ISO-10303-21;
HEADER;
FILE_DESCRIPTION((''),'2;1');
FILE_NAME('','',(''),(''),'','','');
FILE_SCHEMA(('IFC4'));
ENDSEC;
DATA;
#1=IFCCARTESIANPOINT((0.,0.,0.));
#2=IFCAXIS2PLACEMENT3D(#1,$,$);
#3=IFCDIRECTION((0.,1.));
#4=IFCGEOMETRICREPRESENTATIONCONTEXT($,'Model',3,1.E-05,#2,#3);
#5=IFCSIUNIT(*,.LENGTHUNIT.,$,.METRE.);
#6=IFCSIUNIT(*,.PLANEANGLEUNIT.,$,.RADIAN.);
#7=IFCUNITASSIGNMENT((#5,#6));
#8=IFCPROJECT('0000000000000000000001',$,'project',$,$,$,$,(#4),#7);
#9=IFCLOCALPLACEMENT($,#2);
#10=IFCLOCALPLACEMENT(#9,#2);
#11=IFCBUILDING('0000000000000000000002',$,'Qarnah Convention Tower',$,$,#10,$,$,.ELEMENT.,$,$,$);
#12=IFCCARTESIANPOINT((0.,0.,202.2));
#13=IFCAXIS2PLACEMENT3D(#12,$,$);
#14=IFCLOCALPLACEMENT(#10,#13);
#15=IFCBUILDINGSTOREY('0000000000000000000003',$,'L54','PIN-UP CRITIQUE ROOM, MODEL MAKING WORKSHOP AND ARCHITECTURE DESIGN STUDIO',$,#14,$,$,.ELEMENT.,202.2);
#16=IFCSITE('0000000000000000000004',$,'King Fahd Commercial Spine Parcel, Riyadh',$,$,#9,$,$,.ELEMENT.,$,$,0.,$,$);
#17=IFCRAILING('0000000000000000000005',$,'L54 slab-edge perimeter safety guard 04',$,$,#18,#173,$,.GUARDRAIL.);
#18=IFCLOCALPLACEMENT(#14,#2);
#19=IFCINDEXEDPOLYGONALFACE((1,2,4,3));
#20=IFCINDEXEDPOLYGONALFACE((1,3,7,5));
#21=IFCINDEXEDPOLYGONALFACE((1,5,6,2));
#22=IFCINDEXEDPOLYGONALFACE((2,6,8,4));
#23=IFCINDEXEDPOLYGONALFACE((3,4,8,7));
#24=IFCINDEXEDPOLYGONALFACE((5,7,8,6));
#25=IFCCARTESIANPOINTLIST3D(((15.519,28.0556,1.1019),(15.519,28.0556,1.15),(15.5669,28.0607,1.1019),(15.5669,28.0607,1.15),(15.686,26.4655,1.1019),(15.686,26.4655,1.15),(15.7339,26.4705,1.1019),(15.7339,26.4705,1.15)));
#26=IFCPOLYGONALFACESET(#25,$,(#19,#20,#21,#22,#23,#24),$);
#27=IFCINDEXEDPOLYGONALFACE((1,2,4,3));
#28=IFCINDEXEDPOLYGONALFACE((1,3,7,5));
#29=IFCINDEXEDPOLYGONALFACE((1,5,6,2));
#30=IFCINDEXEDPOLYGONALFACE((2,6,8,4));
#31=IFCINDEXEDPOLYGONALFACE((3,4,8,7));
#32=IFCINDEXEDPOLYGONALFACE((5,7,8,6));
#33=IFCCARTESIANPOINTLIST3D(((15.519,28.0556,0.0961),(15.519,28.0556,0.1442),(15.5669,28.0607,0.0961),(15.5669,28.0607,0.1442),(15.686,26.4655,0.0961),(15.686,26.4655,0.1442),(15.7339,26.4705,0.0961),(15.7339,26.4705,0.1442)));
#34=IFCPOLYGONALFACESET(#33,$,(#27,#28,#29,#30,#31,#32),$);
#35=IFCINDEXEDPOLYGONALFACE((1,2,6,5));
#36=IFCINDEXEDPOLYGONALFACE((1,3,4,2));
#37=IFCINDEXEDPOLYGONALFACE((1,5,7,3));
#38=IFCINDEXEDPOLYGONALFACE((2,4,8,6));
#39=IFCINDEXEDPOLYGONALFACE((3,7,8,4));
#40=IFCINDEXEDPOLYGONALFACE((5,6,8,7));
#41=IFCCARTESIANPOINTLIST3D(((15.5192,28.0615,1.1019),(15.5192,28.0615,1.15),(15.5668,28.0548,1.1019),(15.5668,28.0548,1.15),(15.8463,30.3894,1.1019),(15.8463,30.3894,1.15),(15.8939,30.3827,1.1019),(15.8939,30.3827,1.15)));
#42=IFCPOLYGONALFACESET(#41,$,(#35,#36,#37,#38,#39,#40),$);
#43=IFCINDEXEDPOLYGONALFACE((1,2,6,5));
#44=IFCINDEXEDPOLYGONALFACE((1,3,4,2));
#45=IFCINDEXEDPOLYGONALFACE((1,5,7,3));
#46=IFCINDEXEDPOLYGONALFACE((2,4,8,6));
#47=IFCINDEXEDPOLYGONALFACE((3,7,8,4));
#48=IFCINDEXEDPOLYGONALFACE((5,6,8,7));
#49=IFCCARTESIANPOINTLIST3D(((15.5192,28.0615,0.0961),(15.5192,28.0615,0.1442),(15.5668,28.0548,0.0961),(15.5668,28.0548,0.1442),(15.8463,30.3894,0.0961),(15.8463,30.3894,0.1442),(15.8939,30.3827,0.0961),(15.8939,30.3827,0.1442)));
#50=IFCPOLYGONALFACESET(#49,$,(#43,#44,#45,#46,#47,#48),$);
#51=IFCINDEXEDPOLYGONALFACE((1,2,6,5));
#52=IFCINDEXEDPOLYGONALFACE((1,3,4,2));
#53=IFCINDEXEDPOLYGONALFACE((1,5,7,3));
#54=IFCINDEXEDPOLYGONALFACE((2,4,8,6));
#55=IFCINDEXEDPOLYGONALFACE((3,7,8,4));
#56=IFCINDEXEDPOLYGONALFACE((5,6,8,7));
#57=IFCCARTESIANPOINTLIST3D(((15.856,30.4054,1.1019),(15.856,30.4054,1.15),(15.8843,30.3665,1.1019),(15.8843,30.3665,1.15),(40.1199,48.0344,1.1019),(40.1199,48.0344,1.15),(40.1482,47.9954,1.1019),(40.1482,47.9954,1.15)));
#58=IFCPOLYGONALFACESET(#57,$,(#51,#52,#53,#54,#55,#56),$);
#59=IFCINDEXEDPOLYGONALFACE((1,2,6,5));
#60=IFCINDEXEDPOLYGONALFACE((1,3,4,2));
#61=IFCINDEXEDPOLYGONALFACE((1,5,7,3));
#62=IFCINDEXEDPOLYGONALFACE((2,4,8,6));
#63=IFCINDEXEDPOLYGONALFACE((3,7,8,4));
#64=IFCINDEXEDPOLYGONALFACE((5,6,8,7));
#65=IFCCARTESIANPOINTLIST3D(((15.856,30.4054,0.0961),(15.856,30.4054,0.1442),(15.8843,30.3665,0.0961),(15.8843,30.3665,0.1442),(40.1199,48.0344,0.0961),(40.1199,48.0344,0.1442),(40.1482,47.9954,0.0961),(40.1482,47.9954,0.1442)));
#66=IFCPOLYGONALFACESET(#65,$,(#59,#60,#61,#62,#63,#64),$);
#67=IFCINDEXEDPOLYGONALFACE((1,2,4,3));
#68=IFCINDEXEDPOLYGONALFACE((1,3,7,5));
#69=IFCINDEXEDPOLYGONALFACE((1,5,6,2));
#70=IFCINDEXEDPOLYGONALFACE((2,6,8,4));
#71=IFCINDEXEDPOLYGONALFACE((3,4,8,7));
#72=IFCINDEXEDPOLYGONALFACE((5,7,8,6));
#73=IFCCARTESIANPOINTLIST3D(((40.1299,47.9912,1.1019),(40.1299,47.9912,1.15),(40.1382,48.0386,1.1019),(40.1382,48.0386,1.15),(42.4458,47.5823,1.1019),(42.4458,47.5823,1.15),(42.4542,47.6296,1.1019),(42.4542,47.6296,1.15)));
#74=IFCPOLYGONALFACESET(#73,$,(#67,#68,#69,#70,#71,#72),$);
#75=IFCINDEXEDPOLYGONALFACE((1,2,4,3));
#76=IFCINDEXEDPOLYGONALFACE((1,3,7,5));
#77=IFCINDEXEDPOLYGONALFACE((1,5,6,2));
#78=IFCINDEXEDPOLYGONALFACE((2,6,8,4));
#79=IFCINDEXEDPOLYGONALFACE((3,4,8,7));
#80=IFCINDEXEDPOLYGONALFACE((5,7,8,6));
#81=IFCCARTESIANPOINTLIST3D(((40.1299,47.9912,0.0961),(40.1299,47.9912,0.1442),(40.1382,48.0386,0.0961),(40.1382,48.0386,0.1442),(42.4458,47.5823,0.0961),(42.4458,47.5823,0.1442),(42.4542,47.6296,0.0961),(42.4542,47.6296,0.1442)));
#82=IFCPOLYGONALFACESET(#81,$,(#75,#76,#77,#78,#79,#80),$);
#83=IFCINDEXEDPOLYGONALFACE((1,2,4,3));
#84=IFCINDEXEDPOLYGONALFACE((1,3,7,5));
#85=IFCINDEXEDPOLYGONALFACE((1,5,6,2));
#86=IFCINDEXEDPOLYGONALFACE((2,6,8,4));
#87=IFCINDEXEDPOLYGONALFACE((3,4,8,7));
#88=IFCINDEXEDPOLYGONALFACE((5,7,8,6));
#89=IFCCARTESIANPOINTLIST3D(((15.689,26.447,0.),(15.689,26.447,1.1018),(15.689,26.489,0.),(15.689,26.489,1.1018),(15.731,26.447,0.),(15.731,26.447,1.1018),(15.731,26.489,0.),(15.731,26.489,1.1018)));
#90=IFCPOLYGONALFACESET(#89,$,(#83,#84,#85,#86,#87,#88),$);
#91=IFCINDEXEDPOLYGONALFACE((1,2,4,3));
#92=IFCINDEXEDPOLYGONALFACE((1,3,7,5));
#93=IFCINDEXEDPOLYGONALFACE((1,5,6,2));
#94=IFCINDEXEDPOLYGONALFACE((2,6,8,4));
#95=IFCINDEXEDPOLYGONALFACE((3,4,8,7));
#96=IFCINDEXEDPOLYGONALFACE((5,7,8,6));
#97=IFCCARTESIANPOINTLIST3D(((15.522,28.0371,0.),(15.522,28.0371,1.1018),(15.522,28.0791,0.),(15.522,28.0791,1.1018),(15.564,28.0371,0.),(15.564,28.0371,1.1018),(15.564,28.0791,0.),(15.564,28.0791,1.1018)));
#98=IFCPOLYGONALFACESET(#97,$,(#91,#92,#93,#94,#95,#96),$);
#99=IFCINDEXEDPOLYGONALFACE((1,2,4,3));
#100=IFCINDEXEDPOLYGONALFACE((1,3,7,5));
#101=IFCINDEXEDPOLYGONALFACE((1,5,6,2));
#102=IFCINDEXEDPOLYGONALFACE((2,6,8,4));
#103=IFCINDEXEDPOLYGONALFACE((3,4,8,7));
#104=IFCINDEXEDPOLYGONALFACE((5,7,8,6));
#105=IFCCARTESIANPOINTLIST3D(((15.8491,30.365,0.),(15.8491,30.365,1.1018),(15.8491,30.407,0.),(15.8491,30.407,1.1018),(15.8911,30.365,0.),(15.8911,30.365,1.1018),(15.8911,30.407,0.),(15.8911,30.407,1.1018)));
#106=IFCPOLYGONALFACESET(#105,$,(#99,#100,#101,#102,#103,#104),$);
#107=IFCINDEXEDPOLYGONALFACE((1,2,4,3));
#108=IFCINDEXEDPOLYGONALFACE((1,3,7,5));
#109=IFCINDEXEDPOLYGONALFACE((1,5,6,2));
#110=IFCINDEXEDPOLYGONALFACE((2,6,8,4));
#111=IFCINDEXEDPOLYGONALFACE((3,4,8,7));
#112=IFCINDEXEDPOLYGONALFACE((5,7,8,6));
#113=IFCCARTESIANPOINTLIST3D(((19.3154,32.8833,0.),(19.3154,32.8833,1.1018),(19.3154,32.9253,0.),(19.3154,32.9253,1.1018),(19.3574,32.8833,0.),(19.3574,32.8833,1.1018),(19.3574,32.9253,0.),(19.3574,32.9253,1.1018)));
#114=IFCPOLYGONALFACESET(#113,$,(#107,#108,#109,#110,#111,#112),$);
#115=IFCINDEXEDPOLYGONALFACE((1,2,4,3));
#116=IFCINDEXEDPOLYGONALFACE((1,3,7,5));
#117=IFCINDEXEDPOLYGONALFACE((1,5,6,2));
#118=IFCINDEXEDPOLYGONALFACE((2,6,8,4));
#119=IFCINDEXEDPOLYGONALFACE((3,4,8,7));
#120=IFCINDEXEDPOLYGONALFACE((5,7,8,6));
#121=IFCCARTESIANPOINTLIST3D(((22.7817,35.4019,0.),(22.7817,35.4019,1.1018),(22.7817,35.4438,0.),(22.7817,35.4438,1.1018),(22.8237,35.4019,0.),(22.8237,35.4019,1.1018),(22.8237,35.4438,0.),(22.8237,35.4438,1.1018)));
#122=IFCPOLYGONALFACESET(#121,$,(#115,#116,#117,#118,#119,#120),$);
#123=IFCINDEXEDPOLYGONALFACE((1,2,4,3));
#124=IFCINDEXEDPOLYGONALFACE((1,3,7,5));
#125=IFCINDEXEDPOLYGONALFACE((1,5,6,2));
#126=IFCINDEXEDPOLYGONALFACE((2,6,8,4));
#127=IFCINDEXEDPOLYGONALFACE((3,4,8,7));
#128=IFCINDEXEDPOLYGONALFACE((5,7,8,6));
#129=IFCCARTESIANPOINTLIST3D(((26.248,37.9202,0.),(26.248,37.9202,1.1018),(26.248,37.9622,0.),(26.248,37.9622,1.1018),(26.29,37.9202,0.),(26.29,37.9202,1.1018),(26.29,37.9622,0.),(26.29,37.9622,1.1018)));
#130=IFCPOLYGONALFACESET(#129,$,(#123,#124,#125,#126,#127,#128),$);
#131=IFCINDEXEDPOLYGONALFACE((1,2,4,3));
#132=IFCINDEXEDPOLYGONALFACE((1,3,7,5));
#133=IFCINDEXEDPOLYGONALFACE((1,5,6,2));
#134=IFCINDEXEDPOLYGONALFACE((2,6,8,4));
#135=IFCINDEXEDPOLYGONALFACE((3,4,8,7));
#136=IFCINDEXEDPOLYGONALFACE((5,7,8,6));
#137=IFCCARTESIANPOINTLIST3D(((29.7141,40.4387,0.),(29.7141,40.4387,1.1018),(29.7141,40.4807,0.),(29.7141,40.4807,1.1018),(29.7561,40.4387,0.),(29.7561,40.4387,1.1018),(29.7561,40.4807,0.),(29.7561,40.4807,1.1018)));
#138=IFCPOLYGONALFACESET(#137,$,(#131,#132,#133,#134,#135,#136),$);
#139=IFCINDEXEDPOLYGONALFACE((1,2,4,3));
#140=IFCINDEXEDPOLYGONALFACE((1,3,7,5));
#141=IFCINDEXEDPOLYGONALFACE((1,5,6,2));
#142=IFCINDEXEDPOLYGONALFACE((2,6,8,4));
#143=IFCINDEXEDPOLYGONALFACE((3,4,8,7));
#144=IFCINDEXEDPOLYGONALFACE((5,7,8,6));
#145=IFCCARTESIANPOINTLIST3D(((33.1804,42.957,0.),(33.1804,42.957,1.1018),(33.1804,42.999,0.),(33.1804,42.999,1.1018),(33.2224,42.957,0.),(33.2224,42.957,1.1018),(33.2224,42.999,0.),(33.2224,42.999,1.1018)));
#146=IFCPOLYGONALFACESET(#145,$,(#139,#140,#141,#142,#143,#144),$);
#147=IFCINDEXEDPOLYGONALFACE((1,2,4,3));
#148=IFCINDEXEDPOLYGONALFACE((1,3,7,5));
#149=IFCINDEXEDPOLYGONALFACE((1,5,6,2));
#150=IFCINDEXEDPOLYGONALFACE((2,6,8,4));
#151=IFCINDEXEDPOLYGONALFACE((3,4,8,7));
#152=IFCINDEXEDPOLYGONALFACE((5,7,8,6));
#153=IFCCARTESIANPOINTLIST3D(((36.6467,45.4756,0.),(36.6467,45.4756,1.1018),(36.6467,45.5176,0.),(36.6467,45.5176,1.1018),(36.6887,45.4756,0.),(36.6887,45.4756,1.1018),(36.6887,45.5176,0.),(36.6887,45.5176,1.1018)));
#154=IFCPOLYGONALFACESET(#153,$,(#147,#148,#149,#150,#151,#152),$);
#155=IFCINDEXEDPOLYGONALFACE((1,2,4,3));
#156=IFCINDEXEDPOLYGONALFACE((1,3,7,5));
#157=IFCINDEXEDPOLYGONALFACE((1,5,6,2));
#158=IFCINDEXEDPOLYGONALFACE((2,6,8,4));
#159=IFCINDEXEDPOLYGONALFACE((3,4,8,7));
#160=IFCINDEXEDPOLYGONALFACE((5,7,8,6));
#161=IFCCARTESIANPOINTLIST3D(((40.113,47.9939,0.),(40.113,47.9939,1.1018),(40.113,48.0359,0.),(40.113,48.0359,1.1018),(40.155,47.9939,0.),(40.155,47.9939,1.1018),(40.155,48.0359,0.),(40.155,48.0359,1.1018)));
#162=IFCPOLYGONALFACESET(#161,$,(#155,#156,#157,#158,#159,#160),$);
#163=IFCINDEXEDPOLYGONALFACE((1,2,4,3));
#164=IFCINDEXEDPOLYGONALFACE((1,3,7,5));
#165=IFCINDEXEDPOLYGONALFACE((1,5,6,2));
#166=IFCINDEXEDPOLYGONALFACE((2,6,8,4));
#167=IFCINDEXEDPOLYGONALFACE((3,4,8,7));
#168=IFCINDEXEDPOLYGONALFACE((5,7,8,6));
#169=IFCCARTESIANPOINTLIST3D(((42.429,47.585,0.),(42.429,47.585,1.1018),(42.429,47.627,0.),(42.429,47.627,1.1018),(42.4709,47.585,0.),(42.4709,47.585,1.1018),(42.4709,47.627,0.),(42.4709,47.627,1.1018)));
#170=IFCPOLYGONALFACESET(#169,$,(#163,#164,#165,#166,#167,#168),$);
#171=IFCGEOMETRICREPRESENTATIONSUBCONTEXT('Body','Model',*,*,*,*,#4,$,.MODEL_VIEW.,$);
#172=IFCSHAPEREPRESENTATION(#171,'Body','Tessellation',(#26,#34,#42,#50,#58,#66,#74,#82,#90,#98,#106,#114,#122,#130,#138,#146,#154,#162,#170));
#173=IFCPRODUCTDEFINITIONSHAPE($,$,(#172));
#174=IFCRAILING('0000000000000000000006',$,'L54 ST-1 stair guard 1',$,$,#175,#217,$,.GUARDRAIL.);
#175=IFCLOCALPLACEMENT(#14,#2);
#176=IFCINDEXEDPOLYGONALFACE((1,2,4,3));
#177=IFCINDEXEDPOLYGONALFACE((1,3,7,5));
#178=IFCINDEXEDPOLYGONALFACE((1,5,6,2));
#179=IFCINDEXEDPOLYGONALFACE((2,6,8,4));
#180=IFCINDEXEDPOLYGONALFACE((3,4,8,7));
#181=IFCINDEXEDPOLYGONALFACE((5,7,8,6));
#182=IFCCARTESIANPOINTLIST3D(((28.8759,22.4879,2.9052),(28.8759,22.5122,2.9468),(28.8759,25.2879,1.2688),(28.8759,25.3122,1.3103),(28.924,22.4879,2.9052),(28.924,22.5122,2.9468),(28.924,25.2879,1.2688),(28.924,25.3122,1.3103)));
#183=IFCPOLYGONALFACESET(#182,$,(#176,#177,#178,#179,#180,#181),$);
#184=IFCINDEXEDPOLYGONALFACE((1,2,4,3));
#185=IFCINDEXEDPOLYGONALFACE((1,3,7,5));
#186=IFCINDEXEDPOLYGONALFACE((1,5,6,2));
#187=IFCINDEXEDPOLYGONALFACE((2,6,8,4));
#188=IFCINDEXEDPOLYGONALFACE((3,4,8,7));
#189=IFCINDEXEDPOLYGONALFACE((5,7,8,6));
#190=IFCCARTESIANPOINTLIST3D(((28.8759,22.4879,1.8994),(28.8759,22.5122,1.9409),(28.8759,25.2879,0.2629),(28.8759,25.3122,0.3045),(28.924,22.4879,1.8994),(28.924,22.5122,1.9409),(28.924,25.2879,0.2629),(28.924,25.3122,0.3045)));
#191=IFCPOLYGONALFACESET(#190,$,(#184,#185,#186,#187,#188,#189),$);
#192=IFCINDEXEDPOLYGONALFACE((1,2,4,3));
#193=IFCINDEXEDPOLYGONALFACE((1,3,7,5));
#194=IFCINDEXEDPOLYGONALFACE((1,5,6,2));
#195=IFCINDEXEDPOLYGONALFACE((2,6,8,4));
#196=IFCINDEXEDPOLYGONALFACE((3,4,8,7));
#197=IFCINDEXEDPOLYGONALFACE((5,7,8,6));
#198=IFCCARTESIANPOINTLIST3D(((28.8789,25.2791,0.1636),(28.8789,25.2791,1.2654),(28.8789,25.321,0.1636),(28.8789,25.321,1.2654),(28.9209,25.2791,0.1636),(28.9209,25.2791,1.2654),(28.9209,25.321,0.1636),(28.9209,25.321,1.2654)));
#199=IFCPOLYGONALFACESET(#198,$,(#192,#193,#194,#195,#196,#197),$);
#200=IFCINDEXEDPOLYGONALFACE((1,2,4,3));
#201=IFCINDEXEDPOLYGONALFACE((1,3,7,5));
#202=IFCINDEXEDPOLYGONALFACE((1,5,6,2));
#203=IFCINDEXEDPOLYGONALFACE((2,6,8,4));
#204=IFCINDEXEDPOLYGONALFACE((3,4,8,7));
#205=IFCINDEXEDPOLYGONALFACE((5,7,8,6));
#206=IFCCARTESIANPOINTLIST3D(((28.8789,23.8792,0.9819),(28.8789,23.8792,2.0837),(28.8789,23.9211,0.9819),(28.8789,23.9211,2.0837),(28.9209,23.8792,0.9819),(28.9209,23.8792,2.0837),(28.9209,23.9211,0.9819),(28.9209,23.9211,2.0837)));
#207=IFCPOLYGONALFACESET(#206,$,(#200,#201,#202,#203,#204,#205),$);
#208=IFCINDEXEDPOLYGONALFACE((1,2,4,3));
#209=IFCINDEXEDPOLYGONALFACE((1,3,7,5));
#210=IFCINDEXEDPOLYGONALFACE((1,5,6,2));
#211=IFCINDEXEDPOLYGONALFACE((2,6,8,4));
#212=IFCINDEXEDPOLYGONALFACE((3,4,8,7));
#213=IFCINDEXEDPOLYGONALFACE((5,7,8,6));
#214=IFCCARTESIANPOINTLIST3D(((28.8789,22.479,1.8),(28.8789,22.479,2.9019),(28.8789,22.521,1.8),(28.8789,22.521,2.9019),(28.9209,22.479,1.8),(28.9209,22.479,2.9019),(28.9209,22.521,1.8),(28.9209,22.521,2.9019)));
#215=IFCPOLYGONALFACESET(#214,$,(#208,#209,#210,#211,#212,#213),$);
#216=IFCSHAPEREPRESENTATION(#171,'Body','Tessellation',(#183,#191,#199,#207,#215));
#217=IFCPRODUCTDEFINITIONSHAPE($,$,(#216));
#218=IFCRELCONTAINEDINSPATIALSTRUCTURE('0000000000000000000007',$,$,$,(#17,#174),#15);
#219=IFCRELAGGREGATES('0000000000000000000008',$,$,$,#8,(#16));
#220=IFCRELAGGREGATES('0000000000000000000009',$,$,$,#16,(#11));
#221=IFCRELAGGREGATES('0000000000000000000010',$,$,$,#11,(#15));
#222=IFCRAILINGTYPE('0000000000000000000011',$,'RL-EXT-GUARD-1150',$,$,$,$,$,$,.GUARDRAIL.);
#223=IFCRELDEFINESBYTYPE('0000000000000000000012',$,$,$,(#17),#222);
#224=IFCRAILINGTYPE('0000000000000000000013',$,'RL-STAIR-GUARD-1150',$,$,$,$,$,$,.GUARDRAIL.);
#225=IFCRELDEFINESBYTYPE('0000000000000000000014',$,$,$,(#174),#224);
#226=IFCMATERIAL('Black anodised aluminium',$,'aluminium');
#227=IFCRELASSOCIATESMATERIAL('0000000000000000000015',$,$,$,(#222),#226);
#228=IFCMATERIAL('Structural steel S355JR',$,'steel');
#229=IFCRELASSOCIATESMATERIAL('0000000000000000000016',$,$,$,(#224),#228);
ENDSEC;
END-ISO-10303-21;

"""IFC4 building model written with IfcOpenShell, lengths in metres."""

from ifc_helpers import new_model, si_unit, direction, frame, origin, origin_2d, place, context, subcontext, project, spatial, rectangle, extrude, material, type_object, element, save


model = new_model("IFC4")

# Units and contexts
model_context = context("Model", 3, precision=1e-05, world=origin(), true_north=direction((0.0, 1.0)))
body_context = subcontext(model_context, "Body", "Model", "MODEL_VIEW")
ifc_project = project(units=[si_unit("LENGTHUNIT", "METRE"), si_unit("PLANEANGLEUNIT", "RADIAN")], contexts=[model_context])

# Site, building, storey
site_placement = place(None, origin())
site = spatial("IfcSite", under=ifc_project, at=site_placement, Name="King Fahd Commercial Spine Parcel, Riyadh", CompositionType="ELEMENT", RefElevation=0.0)
building_placement = place(site_placement, origin())
building = spatial("IfcBuilding", under=site, at=building_placement, Name="Qarnah Convention Tower", CompositionType="ELEMENT")
storey_placement = place(building_placement, frame((0.0, 0.0, 202.2)))
storey = spatial("IfcBuildingStorey", under=building, at=storey_placement, Name="L54", Description="PIN-UP CRITIQUE ROOM, MODEL MAKING WORKSHOP AND ARCHITECTURE DESIGN STUDIO", CompositionType="ELEMENT", Elevation=202.2)

# Shared definitions
ifc_material_1 = material(Name="Structural steel S355JR", Category="steel")

# Shared definitions
ifc_material_2 = material(Name="Black anodised aluminium", Category="aluminium")

# Railings
railing_type_1 = type_object("IfcRailingType", Name="RL-EXT-GUARD-1150", PredefinedType="GUARDRAIL", material=ifc_material_2)
railing_1_placement = place(storey_placement, frame((15.71, 26.468, 0.0)))
element("IfcRailing", 1, at=railing_1_placement, inside=storey, type_object=railing_type_1, Name="L54 slab-edge perimeter safety guard 04", PredefinedType="GUARDRAIL", context=body_context, shape_type="SweptSolid", body=[
    extrude(rectangle(XDim=0.0481, YDim=0.0481, at=origin_2d()), frame((0.0, 0.0, 1.126), z_axis=(-0.104446, 0.994531, 0.0), x_axis=(-0.994531, -0.104446, 0.0)), (0.0, 0.0, 1.0), 1.5989),
    extrude(rectangle(XDim=0.0481, YDim=0.0481, at=origin_2d()), frame((0.0, 0.0, 0.1201), z_axis=(-0.104446, 0.994531, 0.0), x_axis=(-0.994531, -0.104446, 0.0)), (0.0, 0.0, 1.0), 1.5989),
    extrude(rectangle(XDim=0.0481, YDim=0.0481, at=origin_2d()), frame((-0.167, 1.5901, 1.126), z_axis=(0.139167, 0.990269, 0.0), x_axis=(-0.990269, 0.139167, 0.0)), (0.0, 0.0, 1.0), 2.3508),
    extrude(rectangle(XDim=0.0481, YDim=0.0481, at=origin_2d()), frame((-0.167, 1.5901, 0.1201), z_axis=(0.139167, 0.990269, 0.0), x_axis=(-0.990269, 0.139167, 0.0)), (0.0, 0.0, 1.0), 2.3508),
    extrude(rectangle(XDim=0.0481, YDim=0.0481, at=origin_2d()), frame((0.1602, 3.918, 1.126), z_axis=(0.809015, 0.587788, 0.0), x_axis=(-0.587788, 0.809015, 0.0)), (0.0, 0.0, 1.0), 29.9919),
    extrude(rectangle(XDim=0.0481, YDim=0.0481, at=origin_2d()), frame((0.1602, 3.918, 0.1201), z_axis=(0.809015, 0.587788, 0.0), x_axis=(-0.587788, 0.809015, 0.0)), (0.0, 0.0, 1.0), 29.9919),
    extrude(rectangle(XDim=0.0481, YDim=0.0481, at=origin_2d()), frame((24.4241, 21.5469, 1.126), z_axis=(0.984766, -0.173886, 0.0), x_axis=(0.173886, 0.984766, 0.0)), (0.0, 0.0, 1.0), 2.3518),
    extrude(rectangle(XDim=0.0481, YDim=0.0481, at=origin_2d()), frame((24.4241, 21.5469, 0.1201), z_axis=(0.984766, -0.173886, 0.0), x_axis=(0.173886, 0.984766, 0.0)), (0.0, 0.0, 1.0), 2.3518),
    extrude(rectangle(XDim=0.042, YDim=0.042, at=origin_2d()), origin(), (0.0, 0.0, 1.0), 1.1018),
    extrude(rectangle(XDim=0.042, YDim=0.042, at=origin_2d()), frame((-0.167, 1.5901, 0.0)), (0.0, 0.0, 1.0), 1.1018),
    extrude(rectangle(XDim=0.042, YDim=0.042, at=origin_2d()), frame((0.1602, 3.918, 0.0)), (0.0, 0.0, 1.0), 1.1018),
    extrude(rectangle(XDim=0.042, YDim=0.042, at=origin_2d()), frame((3.6265, 6.4363, 0.0)), (0.0, 0.0, 1.0), 1.1018),
    extrude(rectangle(XDim=0.042, YDim=0.042, at=origin_2d()), frame((7.0928, 8.9548, 0.0)), (0.0, 0.0, 1.0), 1.1018),
    extrude(rectangle(XDim=0.042, YDim=0.042, at=origin_2d()), frame((10.5591, 11.4731, 0.0)), (0.0, 0.0, 1.0), 1.1018),
    extrude(rectangle(XDim=0.042, YDim=0.042, at=origin_2d()), frame((14.0251, 13.9917, 0.0)), (0.0, 0.0, 1.0), 1.1018),
    extrude(rectangle(XDim=0.042, YDim=0.042, at=origin_2d()), frame((17.4915, 16.51, 0.0)), (0.0, 0.0, 1.0), 1.1018),
    extrude(rectangle(XDim=0.042, YDim=0.042, at=origin_2d()), frame((20.9578, 19.0286, 0.0)), (0.0, 0.0, 1.0), 1.1018),
    extrude(rectangle(XDim=0.042, YDim=0.042, at=origin_2d()), frame((24.4241, 21.5469, 0.0)), (0.0, 0.0, 1.0), 1.1018),
    extrude(rectangle(XDim=0.042, YDim=0.042, at=origin_2d()), frame((26.74, 21.1379, 0.0)), (0.0, 0.0, 1.0), 1.1018),
])
railing_type_2 = type_object("IfcRailingType", Name="RL-STAIR-GUARD-1150", PredefinedType="GUARDRAIL", material=ifc_material_1)
railing_2_placement = place(storey_placement, frame((28.8999, 25.3, 0.1636)))
element("IfcRailing", 2, at=railing_2_placement, inside=storey, type_object=railing_type_2, Name="L54 ST-1 stair guard 1", PredefinedType="GUARDRAIL", context=body_context, shape_type="SweptSolid", body=[
    extrude(rectangle(XDim=0.0481, YDim=0.0481, at=origin_2d()), frame((0.0, 0.0, 1.126), z_axis=(0.0, -0.863361, 0.504587), x_axis=(1.0, 0.0, 0.0)), (0.0, 0.0, 1.0), 3.2432),
    extrude(rectangle(XDim=0.0481, YDim=0.0481, at=origin_2d()), frame((0.0, 0.0, 0.1201), z_axis=(0.0, -0.863361, 0.504587), x_axis=(1.0, 0.0, 0.0)), (0.0, 0.0, 1.0), 3.2432),
    extrude(rectangle(XDim=0.042, YDim=0.042, at=origin_2d()), origin(), (0.0, 0.0, 1.0), 1.1018),
    extrude(rectangle(XDim=0.042, YDim=0.042, at=origin_2d()), frame((0.0, -1.3999, 0.8184)), (0.0, 0.0, 1.0), 1.1018),
    extrude(rectangle(XDim=0.042, YDim=0.042, at=origin_2d()), frame((0.0, -2.8, 1.6365)), (0.0, 0.0, 1.0), 1.1018),
])

save(model, "model.ifc")
